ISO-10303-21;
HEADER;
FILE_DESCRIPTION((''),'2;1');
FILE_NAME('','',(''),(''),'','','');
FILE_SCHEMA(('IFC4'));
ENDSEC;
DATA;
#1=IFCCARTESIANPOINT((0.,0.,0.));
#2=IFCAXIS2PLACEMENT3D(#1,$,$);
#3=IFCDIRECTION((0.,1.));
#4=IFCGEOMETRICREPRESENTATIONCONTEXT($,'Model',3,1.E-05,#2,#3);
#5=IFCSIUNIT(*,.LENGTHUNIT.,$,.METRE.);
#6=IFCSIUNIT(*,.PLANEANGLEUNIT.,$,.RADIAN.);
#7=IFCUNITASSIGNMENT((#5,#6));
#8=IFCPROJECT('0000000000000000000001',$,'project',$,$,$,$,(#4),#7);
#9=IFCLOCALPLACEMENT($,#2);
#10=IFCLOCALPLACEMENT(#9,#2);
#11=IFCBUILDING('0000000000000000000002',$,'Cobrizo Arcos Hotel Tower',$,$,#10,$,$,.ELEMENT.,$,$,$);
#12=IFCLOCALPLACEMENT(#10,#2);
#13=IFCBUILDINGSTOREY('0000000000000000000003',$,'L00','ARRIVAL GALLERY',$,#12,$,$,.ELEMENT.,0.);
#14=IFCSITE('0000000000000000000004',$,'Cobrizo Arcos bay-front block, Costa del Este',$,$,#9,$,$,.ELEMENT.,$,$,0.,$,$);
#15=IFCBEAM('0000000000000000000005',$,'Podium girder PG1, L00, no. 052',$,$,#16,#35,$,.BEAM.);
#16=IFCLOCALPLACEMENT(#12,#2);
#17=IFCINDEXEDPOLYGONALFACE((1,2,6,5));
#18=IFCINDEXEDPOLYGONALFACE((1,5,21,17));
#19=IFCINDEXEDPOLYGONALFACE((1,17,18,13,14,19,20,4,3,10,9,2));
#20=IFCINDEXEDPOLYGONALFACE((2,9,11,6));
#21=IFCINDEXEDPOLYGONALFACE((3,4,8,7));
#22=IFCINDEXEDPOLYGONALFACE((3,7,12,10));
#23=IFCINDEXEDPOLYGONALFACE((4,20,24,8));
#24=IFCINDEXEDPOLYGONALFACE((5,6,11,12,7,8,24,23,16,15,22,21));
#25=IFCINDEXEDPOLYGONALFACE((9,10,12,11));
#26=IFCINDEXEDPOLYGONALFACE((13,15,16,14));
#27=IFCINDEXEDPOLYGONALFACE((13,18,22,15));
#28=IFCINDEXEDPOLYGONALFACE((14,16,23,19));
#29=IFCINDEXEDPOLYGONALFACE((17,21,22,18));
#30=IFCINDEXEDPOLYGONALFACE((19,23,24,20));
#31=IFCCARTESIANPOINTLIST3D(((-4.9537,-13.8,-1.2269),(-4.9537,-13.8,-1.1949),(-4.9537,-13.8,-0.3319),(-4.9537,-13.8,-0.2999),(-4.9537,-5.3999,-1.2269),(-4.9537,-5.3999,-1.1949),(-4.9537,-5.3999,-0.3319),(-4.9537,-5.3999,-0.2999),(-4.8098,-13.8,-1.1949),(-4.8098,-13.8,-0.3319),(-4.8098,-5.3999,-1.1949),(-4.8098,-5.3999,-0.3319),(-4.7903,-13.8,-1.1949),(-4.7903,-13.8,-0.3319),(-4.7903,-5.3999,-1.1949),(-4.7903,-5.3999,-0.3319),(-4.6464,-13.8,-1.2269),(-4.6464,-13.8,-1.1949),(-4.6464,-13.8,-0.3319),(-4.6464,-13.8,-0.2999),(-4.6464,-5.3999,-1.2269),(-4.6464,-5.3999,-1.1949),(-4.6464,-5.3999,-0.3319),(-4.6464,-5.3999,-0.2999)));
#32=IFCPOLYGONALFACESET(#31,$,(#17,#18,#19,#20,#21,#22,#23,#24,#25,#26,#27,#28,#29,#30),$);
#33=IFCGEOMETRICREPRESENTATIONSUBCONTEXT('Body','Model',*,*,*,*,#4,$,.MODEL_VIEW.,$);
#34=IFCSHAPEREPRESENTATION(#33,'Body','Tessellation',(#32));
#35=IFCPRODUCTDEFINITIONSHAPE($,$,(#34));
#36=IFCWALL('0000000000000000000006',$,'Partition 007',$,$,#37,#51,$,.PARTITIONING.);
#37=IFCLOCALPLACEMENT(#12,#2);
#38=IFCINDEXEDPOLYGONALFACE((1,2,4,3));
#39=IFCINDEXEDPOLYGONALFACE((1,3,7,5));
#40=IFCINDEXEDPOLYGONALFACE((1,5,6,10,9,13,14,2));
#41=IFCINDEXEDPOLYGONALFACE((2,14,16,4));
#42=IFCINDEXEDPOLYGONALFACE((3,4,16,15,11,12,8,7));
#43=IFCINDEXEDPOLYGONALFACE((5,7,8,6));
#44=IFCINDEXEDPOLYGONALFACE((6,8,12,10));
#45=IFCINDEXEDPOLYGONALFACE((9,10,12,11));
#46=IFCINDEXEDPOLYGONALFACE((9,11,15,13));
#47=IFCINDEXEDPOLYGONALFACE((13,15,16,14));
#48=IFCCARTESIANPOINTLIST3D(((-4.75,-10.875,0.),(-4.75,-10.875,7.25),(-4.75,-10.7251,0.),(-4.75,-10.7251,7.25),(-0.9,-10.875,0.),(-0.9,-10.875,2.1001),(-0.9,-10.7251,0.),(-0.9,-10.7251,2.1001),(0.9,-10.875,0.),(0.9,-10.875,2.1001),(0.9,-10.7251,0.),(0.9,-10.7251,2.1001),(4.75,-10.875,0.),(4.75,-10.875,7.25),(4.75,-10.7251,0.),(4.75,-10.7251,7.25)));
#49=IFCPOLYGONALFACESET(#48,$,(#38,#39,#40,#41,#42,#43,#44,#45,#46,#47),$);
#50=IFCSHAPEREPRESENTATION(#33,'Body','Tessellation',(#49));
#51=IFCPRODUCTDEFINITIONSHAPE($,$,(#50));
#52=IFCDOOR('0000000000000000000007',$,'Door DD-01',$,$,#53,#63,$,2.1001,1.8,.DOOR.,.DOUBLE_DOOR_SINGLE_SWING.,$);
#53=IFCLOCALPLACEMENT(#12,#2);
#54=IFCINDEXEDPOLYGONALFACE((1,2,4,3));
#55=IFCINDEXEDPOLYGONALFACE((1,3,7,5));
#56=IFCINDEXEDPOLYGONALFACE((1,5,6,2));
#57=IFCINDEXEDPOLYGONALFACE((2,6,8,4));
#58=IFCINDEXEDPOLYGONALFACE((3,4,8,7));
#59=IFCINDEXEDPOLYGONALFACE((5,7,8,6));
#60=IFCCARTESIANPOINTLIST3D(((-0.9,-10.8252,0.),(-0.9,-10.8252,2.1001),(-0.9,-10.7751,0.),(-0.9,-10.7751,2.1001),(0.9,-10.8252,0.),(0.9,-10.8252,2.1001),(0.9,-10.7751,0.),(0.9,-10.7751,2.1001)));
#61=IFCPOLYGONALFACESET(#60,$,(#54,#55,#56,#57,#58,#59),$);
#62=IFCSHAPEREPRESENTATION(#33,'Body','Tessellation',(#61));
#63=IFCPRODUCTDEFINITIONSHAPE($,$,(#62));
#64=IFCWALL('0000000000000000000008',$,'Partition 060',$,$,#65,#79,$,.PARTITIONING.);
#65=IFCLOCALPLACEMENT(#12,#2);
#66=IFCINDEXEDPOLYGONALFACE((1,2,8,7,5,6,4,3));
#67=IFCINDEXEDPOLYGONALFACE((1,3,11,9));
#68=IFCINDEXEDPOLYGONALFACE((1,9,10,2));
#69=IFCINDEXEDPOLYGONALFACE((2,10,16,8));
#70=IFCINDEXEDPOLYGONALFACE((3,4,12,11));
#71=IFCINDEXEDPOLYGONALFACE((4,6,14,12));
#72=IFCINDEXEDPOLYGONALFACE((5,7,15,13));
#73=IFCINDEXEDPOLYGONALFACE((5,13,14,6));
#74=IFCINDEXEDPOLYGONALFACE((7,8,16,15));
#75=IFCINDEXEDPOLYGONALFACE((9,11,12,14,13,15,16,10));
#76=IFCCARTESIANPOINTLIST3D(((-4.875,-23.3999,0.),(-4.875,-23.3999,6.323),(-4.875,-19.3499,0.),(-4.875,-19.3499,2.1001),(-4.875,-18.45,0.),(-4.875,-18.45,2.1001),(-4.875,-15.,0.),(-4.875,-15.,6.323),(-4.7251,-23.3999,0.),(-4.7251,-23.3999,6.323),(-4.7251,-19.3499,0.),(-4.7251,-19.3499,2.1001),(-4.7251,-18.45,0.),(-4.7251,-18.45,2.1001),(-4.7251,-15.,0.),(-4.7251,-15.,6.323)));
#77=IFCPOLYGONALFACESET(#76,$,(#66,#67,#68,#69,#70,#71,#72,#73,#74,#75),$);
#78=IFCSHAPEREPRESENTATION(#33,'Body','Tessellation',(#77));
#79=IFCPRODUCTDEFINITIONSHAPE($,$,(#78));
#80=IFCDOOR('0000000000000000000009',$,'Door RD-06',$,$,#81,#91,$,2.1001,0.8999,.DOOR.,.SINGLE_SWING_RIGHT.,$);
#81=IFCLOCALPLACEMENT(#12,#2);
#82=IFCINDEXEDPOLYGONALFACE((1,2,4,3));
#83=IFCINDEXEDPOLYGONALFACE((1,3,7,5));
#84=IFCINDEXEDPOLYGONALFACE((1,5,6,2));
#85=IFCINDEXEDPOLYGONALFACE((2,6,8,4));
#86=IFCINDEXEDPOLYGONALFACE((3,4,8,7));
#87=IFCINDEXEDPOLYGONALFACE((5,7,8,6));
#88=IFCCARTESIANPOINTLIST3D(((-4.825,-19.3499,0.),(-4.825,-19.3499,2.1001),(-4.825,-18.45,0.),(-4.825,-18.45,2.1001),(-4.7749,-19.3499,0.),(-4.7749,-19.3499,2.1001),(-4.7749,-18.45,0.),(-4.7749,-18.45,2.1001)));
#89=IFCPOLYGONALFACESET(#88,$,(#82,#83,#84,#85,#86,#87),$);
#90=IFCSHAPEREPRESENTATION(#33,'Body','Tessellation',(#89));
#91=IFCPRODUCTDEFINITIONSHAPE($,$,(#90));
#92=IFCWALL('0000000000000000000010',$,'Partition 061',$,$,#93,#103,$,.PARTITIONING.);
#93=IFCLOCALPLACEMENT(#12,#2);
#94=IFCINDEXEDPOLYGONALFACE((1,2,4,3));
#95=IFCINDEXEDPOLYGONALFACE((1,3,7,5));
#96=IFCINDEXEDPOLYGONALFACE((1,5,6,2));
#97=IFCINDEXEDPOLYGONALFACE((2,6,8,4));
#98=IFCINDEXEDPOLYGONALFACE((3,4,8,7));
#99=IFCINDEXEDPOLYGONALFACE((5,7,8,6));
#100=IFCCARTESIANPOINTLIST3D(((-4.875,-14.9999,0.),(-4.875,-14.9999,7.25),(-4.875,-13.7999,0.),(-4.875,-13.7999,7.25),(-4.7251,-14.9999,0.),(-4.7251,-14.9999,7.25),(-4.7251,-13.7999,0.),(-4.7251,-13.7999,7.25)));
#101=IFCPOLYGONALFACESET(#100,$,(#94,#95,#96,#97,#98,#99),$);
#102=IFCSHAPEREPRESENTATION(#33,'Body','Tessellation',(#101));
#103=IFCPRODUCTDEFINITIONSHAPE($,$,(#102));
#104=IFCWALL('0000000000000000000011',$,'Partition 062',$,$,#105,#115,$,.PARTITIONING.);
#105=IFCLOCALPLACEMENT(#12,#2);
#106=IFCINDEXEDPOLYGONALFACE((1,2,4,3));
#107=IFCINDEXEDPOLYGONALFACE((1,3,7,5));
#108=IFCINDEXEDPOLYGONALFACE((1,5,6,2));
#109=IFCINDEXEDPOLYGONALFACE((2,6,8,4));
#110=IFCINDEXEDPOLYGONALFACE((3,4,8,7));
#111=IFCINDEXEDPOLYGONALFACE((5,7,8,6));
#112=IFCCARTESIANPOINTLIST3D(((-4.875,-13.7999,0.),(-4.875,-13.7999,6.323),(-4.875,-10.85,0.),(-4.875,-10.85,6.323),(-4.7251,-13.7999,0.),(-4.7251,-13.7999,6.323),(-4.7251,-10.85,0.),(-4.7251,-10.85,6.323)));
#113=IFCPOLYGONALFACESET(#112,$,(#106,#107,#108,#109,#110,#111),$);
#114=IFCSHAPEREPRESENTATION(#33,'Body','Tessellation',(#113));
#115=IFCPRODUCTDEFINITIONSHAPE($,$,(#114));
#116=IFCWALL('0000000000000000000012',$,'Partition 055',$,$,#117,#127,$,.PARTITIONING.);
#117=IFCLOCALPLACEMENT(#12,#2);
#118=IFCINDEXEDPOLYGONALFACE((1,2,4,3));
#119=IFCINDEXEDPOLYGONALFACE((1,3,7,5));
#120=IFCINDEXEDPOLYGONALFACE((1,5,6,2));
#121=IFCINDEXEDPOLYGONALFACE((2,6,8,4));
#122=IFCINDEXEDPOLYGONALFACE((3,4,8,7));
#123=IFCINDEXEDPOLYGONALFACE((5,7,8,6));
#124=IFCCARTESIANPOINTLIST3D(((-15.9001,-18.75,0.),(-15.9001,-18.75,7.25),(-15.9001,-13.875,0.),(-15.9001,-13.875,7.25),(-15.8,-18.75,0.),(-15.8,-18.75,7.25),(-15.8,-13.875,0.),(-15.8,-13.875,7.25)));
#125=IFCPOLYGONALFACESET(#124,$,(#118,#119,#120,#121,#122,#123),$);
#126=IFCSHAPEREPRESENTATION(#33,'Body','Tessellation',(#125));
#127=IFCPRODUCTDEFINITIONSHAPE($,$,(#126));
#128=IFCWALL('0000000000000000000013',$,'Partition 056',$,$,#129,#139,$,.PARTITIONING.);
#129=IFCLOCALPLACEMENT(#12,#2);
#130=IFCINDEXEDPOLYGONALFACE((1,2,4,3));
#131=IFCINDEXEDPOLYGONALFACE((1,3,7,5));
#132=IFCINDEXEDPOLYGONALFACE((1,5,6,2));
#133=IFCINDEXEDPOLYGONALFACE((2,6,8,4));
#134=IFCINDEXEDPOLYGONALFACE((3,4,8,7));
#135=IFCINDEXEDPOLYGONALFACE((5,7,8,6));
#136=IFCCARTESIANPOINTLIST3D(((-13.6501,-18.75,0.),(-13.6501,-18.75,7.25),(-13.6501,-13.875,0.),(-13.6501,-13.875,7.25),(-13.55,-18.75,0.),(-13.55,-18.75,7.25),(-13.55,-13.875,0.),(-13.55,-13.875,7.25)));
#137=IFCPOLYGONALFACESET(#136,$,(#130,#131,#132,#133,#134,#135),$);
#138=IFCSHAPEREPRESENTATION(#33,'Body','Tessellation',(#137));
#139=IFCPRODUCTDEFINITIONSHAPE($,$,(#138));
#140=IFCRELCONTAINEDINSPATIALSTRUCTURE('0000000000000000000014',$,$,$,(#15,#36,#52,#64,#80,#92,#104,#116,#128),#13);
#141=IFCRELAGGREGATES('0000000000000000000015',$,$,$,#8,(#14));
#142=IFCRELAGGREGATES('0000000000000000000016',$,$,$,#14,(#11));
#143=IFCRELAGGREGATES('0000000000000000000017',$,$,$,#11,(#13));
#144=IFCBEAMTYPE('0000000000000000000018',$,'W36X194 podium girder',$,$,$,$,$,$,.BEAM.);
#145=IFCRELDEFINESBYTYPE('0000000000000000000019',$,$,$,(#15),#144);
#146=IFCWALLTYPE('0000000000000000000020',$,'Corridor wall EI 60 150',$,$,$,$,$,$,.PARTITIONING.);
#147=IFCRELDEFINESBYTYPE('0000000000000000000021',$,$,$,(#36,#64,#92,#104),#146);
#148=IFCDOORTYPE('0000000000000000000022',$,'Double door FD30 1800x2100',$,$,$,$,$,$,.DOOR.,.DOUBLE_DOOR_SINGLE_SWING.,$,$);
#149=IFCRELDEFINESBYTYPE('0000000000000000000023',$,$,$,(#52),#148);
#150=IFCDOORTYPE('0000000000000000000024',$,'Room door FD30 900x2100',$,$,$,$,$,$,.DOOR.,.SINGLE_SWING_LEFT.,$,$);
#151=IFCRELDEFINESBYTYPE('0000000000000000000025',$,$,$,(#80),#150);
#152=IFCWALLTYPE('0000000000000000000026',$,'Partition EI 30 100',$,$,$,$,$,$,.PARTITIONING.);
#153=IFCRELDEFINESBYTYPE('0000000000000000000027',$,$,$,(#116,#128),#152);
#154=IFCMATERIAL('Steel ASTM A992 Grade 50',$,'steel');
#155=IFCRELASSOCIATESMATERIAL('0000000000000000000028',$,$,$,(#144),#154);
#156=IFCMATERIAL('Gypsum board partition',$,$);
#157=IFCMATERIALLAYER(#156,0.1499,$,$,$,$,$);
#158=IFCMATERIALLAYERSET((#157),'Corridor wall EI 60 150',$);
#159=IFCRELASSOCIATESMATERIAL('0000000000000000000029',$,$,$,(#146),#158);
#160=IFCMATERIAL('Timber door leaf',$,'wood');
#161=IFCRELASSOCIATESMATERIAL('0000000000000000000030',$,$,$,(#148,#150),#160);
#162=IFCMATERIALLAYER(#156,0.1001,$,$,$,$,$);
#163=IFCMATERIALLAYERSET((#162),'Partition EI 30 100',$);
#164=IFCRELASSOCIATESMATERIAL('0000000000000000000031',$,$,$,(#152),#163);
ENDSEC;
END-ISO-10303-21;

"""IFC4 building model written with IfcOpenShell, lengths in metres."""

from ifc_helpers import new_model, si_unit, direction, frame, frame_2d, origin, origin_2d, place, context, subcontext, project, spatial, rectangle, i_section, extrude, material, layer, layer_set, material_profile, profile_set, type_object, element, fill, save


model = new_model("IFC4")

# Units and contexts
model_context = context("Model", 3, precision=1e-05, world=origin(), true_north=direction((0.0, 1.0)))
body_context = subcontext(model_context, "Body", "Model", "MODEL_VIEW")
ifc_project = project(units=[si_unit("LENGTHUNIT", "METRE"), si_unit("PLANEANGLEUNIT", "RADIAN")], contexts=[model_context])

# Site, building, storey
site_placement = place(None, origin())
site = spatial("IfcSite", under=ifc_project, at=site_placement, Name="Cobrizo Arcos bay-front block, Costa del Este", CompositionType="ELEMENT", RefElevation=0.0)
building_placement = place(site_placement, origin())
building = spatial("IfcBuilding", under=site, at=building_placement, Name="Cobrizo Arcos Hotel Tower", CompositionType="ELEMENT")
storey_placement = place(building_placement, origin())
storey = spatial("IfcBuildingStorey", under=building, at=storey_placement, Name="L00", Description="ARRIVAL GALLERY", CompositionType="ELEMENT", Elevation=0.0)

# Beam
ifc_material_1 = material(Name="Steel ASTM A992 Grade 50", Category="steel")
ifc_material_profile_1 = material_profile(ifc_material_1, i_section(OverallWidth=0.3074, OverallDepth=0.927, WebThickness=0.0195, FlangeThickness=0.032, at=origin_2d()), Name="W36X194")
ifc_profile_set_1 = profile_set([ifc_material_profile_1], Name="Steel ASTM A992 Grade 50")
beam_type_1 = type_object("IfcBeamType", Name="W36X194 podium girder", PredefinedType="BEAM", material=ifc_profile_set_1)
for number, where, z_axis, x_axis, name in (
    (1, (-4.8, -13.8, -0.7634), (0.0, 1.0, 0.0), (-1.0, 0.0, 0.0), "Podium girder PG1, L00, no. 052"),
):
    element("IfcBeam", number, at=place(storey_placement, frame(where, z_axis=z_axis, x_axis=x_axis)), inside=storey, type_object=beam_type_1, Name=name, PredefinedType="BEAM", context=body_context, shape_type="SweptSolid", body=[
        extrude(i_section(OverallWidth=0.3074, OverallDepth=0.927, WebThickness=0.0195, FlangeThickness=0.032, at=origin_2d()), origin(), (0.0, 0.0, 1.0), 8.4001),
    ])

# Walls, openings, doors
ifc_material_2 = material(Name="Gypsum board partition")
ifc_layer_1 = layer(ifc_material_2, 0.1499)
ifc_layer_set_1 = layer_set([ifc_layer_1], Name="Corridor wall EI 60 150")
wall_type_1 = type_object("IfcWallType", Name="Corridor wall EI 60 150", PredefinedType="PARTITIONING", material=ifc_layer_set_1)
wall_1_placement = place(storey_placement, frame((-4.75, -10.8, 0.0), z_axis=(0.0, 0.0, 1.0), x_axis=(1.0, 0.0, 0.0)))
wall_1 = element("IfcWall", 2, at=wall_1_placement, inside=storey, type_object=wall_type_1, Name="Partition 007", PredefinedType="PARTITIONING", context=body_context, shape_type="SweptSolid", body=[
    extrude(rectangle(XDim=9.5, YDim=0.1499, at=frame_2d((4.75, 0.0))), origin(), (0.0, 0.0, 1.0), 7.25),
])
opening_1_placement = place(wall_1_placement, frame((3.8501, 0.0, 0.0)))
opening_1 = element("IfcOpeningElement", 3, at=opening_1_placement, cuts=wall_1, PredefinedType="OPENING", context=body_context, shape_type="SweptSolid", body=[
    extrude(rectangle(XDim=1.8, YDim=2.1001, at=frame_2d((0.8999, 1.05))), frame((0.0, 0.0869, 0.0), z_axis=(0.0, -1.0, 0.0), x_axis=(1.0, 0.0, 0.0)), (0.0, 0.0, 1.0), 0.1738),
])
ifc_material_3 = material(Name="Timber door leaf", Category="wood")
door_type_1 = type_object("IfcDoorType", Name="Double door FD30 1800x2100", OperationType="DOUBLE_DOOR_SINGLE_SWING", PredefinedType="DOOR", material=ifc_material_3)
door_1_placement = place(opening_1_placement, origin())
door_1 = element("IfcDoor", 4, at=door_1_placement, inside=storey, type_object=door_type_1, Name="Door DD-01", OperationType="DOUBLE_DOOR_SINGLE_SWING", OverallHeight=2.1001, OverallWidth=1.8, PredefinedType="DOOR", context=body_context, shape_type="SweptSolid", body=[
    extrude(rectangle(XDim=1.8, YDim=2.1001, at=frame_2d((0.8999, 1.05))), frame((0.0, 0.0249, 0.0), z_axis=(0.0, -1.0, 0.0), x_axis=(1.0, 0.0, 0.0)), (0.0, 0.0, 1.0), 0.05),
])
fill(opening_1, door_1)
wall_2_placement = place(storey_placement, frame((-4.8, -23.3999, 0.0), z_axis=(0.0, 0.0, 1.0), x_axis=(0.0, 1.0, 0.0)))
wall_2 = element("IfcWall", 5, at=wall_2_placement, inside=storey, type_object=wall_type_1, Name="Partition 060", PredefinedType="PARTITIONING", context=body_context, shape_type="SweptSolid", body=[
    extrude(rectangle(XDim=8.3999, YDim=0.1499, at=frame_2d((4.2, 0.0))), origin(), (0.0, 0.0, 1.0), 6.323),
])
opening_2_placement = place(wall_2_placement, frame((4.05, 0.0, 0.0)))
opening_2 = element("IfcOpeningElement", 6, at=opening_2_placement, cuts=wall_2, PredefinedType="OPENING", context=body_context, shape_type="SweptSolid", body=[
    extrude(rectangle(XDim=0.8999, YDim=2.1001, at=frame_2d((0.45, 1.05))), frame((0.0, 0.0869, 0.0), z_axis=(0.0, -1.0, 0.0), x_axis=(1.0, 0.0, 0.0)), (0.0, 0.0, 1.0), 0.1738),
])
door_type_2 = type_object("IfcDoorType", Name="Room door FD30 900x2100", OperationType="SINGLE_SWING_LEFT", PredefinedType="DOOR", material=ifc_material_3)
door_2_placement = place(opening_2_placement, origin())
door_2 = element("IfcDoor", 7, at=door_2_placement, inside=storey, type_object=door_type_2, Name="Door RD-06", OperationType="SINGLE_SWING_RIGHT", OverallHeight=2.1001, OverallWidth=0.8999, PredefinedType="DOOR", context=body_context, shape_type="SweptSolid", body=[
    extrude(rectangle(XDim=0.8999, YDim=2.1001, at=frame_2d((0.45, 1.05))), frame((0.0, 0.0249, 0.0), z_axis=(0.0, -1.0, 0.0), x_axis=(1.0, 0.0, 0.0)), (0.0, 0.0, 1.0), 0.05),
])
fill(opening_2, door_2)

# Walls
wall_3_placement = place(storey_placement, frame((-4.8, -15.0, 0.0), z_axis=(0.0, 0.0, 1.0), x_axis=(0.0, 1.0, 0.0)))
element("IfcWall", 8, at=wall_3_placement, inside=storey, type_object=wall_type_1, Name="Partition 061", PredefinedType="PARTITIONING", context=body_context, shape_type="SweptSolid", body=[
    extrude(rectangle(XDim=1.2, YDim=0.1499, at=frame_2d((0.6001, 0.0))), origin(), (0.0, 0.0, 1.0), 7.25),
])
wall_4_placement = place(storey_placement, frame((-4.8, -13.8, 0.0), z_axis=(0.0, 0.0, 1.0), x_axis=(0.0, 1.0, 0.0)))
element("IfcWall", 9, at=wall_4_placement, inside=storey, type_object=wall_type_1, Name="Partition 062", PredefinedType="PARTITIONING", context=body_context, shape_type="SweptSolid", body=[
    extrude(rectangle(XDim=2.95, YDim=0.1499, at=frame_2d((1.4751, 0.0))), origin(), (0.0, 0.0, 1.0), 6.323),
])
ifc_layer_2 = layer(ifc_material_2, 0.1001)
ifc_layer_set_2 = layer_set([ifc_layer_2], Name="Partition EI 30 100")
wall_type_2 = type_object("IfcWallType", Name="Partition EI 30 100", PredefinedType="PARTITIONING", material=ifc_layer_set_2)
for number, where, z_axis, x_axis, name in (
    (10, (-15.8501, -18.75, 0.0), (0.0, 0.0, 1.0), (0.0, 1.0, 0.0), "Partition 055"),
    (11, (-13.6001, -18.75, 0.0), (0.0, 0.0, 1.0), (0.0, 1.0, 0.0), "Partition 056"),
):
    element("IfcWall", number, at=place(storey_placement, frame(where, z_axis=z_axis, x_axis=x_axis)), inside=storey, type_object=wall_type_2, Name=name, PredefinedType="PARTITIONING", context=body_context, shape_type="SweptSolid", body=[
        extrude(rectangle(XDim=4.875, YDim=0.1001, at=frame_2d((2.4375, 0.0))), origin(), (0.0, 0.0, 1.0), 7.25),
    ])

save(model, "model.ifc")
